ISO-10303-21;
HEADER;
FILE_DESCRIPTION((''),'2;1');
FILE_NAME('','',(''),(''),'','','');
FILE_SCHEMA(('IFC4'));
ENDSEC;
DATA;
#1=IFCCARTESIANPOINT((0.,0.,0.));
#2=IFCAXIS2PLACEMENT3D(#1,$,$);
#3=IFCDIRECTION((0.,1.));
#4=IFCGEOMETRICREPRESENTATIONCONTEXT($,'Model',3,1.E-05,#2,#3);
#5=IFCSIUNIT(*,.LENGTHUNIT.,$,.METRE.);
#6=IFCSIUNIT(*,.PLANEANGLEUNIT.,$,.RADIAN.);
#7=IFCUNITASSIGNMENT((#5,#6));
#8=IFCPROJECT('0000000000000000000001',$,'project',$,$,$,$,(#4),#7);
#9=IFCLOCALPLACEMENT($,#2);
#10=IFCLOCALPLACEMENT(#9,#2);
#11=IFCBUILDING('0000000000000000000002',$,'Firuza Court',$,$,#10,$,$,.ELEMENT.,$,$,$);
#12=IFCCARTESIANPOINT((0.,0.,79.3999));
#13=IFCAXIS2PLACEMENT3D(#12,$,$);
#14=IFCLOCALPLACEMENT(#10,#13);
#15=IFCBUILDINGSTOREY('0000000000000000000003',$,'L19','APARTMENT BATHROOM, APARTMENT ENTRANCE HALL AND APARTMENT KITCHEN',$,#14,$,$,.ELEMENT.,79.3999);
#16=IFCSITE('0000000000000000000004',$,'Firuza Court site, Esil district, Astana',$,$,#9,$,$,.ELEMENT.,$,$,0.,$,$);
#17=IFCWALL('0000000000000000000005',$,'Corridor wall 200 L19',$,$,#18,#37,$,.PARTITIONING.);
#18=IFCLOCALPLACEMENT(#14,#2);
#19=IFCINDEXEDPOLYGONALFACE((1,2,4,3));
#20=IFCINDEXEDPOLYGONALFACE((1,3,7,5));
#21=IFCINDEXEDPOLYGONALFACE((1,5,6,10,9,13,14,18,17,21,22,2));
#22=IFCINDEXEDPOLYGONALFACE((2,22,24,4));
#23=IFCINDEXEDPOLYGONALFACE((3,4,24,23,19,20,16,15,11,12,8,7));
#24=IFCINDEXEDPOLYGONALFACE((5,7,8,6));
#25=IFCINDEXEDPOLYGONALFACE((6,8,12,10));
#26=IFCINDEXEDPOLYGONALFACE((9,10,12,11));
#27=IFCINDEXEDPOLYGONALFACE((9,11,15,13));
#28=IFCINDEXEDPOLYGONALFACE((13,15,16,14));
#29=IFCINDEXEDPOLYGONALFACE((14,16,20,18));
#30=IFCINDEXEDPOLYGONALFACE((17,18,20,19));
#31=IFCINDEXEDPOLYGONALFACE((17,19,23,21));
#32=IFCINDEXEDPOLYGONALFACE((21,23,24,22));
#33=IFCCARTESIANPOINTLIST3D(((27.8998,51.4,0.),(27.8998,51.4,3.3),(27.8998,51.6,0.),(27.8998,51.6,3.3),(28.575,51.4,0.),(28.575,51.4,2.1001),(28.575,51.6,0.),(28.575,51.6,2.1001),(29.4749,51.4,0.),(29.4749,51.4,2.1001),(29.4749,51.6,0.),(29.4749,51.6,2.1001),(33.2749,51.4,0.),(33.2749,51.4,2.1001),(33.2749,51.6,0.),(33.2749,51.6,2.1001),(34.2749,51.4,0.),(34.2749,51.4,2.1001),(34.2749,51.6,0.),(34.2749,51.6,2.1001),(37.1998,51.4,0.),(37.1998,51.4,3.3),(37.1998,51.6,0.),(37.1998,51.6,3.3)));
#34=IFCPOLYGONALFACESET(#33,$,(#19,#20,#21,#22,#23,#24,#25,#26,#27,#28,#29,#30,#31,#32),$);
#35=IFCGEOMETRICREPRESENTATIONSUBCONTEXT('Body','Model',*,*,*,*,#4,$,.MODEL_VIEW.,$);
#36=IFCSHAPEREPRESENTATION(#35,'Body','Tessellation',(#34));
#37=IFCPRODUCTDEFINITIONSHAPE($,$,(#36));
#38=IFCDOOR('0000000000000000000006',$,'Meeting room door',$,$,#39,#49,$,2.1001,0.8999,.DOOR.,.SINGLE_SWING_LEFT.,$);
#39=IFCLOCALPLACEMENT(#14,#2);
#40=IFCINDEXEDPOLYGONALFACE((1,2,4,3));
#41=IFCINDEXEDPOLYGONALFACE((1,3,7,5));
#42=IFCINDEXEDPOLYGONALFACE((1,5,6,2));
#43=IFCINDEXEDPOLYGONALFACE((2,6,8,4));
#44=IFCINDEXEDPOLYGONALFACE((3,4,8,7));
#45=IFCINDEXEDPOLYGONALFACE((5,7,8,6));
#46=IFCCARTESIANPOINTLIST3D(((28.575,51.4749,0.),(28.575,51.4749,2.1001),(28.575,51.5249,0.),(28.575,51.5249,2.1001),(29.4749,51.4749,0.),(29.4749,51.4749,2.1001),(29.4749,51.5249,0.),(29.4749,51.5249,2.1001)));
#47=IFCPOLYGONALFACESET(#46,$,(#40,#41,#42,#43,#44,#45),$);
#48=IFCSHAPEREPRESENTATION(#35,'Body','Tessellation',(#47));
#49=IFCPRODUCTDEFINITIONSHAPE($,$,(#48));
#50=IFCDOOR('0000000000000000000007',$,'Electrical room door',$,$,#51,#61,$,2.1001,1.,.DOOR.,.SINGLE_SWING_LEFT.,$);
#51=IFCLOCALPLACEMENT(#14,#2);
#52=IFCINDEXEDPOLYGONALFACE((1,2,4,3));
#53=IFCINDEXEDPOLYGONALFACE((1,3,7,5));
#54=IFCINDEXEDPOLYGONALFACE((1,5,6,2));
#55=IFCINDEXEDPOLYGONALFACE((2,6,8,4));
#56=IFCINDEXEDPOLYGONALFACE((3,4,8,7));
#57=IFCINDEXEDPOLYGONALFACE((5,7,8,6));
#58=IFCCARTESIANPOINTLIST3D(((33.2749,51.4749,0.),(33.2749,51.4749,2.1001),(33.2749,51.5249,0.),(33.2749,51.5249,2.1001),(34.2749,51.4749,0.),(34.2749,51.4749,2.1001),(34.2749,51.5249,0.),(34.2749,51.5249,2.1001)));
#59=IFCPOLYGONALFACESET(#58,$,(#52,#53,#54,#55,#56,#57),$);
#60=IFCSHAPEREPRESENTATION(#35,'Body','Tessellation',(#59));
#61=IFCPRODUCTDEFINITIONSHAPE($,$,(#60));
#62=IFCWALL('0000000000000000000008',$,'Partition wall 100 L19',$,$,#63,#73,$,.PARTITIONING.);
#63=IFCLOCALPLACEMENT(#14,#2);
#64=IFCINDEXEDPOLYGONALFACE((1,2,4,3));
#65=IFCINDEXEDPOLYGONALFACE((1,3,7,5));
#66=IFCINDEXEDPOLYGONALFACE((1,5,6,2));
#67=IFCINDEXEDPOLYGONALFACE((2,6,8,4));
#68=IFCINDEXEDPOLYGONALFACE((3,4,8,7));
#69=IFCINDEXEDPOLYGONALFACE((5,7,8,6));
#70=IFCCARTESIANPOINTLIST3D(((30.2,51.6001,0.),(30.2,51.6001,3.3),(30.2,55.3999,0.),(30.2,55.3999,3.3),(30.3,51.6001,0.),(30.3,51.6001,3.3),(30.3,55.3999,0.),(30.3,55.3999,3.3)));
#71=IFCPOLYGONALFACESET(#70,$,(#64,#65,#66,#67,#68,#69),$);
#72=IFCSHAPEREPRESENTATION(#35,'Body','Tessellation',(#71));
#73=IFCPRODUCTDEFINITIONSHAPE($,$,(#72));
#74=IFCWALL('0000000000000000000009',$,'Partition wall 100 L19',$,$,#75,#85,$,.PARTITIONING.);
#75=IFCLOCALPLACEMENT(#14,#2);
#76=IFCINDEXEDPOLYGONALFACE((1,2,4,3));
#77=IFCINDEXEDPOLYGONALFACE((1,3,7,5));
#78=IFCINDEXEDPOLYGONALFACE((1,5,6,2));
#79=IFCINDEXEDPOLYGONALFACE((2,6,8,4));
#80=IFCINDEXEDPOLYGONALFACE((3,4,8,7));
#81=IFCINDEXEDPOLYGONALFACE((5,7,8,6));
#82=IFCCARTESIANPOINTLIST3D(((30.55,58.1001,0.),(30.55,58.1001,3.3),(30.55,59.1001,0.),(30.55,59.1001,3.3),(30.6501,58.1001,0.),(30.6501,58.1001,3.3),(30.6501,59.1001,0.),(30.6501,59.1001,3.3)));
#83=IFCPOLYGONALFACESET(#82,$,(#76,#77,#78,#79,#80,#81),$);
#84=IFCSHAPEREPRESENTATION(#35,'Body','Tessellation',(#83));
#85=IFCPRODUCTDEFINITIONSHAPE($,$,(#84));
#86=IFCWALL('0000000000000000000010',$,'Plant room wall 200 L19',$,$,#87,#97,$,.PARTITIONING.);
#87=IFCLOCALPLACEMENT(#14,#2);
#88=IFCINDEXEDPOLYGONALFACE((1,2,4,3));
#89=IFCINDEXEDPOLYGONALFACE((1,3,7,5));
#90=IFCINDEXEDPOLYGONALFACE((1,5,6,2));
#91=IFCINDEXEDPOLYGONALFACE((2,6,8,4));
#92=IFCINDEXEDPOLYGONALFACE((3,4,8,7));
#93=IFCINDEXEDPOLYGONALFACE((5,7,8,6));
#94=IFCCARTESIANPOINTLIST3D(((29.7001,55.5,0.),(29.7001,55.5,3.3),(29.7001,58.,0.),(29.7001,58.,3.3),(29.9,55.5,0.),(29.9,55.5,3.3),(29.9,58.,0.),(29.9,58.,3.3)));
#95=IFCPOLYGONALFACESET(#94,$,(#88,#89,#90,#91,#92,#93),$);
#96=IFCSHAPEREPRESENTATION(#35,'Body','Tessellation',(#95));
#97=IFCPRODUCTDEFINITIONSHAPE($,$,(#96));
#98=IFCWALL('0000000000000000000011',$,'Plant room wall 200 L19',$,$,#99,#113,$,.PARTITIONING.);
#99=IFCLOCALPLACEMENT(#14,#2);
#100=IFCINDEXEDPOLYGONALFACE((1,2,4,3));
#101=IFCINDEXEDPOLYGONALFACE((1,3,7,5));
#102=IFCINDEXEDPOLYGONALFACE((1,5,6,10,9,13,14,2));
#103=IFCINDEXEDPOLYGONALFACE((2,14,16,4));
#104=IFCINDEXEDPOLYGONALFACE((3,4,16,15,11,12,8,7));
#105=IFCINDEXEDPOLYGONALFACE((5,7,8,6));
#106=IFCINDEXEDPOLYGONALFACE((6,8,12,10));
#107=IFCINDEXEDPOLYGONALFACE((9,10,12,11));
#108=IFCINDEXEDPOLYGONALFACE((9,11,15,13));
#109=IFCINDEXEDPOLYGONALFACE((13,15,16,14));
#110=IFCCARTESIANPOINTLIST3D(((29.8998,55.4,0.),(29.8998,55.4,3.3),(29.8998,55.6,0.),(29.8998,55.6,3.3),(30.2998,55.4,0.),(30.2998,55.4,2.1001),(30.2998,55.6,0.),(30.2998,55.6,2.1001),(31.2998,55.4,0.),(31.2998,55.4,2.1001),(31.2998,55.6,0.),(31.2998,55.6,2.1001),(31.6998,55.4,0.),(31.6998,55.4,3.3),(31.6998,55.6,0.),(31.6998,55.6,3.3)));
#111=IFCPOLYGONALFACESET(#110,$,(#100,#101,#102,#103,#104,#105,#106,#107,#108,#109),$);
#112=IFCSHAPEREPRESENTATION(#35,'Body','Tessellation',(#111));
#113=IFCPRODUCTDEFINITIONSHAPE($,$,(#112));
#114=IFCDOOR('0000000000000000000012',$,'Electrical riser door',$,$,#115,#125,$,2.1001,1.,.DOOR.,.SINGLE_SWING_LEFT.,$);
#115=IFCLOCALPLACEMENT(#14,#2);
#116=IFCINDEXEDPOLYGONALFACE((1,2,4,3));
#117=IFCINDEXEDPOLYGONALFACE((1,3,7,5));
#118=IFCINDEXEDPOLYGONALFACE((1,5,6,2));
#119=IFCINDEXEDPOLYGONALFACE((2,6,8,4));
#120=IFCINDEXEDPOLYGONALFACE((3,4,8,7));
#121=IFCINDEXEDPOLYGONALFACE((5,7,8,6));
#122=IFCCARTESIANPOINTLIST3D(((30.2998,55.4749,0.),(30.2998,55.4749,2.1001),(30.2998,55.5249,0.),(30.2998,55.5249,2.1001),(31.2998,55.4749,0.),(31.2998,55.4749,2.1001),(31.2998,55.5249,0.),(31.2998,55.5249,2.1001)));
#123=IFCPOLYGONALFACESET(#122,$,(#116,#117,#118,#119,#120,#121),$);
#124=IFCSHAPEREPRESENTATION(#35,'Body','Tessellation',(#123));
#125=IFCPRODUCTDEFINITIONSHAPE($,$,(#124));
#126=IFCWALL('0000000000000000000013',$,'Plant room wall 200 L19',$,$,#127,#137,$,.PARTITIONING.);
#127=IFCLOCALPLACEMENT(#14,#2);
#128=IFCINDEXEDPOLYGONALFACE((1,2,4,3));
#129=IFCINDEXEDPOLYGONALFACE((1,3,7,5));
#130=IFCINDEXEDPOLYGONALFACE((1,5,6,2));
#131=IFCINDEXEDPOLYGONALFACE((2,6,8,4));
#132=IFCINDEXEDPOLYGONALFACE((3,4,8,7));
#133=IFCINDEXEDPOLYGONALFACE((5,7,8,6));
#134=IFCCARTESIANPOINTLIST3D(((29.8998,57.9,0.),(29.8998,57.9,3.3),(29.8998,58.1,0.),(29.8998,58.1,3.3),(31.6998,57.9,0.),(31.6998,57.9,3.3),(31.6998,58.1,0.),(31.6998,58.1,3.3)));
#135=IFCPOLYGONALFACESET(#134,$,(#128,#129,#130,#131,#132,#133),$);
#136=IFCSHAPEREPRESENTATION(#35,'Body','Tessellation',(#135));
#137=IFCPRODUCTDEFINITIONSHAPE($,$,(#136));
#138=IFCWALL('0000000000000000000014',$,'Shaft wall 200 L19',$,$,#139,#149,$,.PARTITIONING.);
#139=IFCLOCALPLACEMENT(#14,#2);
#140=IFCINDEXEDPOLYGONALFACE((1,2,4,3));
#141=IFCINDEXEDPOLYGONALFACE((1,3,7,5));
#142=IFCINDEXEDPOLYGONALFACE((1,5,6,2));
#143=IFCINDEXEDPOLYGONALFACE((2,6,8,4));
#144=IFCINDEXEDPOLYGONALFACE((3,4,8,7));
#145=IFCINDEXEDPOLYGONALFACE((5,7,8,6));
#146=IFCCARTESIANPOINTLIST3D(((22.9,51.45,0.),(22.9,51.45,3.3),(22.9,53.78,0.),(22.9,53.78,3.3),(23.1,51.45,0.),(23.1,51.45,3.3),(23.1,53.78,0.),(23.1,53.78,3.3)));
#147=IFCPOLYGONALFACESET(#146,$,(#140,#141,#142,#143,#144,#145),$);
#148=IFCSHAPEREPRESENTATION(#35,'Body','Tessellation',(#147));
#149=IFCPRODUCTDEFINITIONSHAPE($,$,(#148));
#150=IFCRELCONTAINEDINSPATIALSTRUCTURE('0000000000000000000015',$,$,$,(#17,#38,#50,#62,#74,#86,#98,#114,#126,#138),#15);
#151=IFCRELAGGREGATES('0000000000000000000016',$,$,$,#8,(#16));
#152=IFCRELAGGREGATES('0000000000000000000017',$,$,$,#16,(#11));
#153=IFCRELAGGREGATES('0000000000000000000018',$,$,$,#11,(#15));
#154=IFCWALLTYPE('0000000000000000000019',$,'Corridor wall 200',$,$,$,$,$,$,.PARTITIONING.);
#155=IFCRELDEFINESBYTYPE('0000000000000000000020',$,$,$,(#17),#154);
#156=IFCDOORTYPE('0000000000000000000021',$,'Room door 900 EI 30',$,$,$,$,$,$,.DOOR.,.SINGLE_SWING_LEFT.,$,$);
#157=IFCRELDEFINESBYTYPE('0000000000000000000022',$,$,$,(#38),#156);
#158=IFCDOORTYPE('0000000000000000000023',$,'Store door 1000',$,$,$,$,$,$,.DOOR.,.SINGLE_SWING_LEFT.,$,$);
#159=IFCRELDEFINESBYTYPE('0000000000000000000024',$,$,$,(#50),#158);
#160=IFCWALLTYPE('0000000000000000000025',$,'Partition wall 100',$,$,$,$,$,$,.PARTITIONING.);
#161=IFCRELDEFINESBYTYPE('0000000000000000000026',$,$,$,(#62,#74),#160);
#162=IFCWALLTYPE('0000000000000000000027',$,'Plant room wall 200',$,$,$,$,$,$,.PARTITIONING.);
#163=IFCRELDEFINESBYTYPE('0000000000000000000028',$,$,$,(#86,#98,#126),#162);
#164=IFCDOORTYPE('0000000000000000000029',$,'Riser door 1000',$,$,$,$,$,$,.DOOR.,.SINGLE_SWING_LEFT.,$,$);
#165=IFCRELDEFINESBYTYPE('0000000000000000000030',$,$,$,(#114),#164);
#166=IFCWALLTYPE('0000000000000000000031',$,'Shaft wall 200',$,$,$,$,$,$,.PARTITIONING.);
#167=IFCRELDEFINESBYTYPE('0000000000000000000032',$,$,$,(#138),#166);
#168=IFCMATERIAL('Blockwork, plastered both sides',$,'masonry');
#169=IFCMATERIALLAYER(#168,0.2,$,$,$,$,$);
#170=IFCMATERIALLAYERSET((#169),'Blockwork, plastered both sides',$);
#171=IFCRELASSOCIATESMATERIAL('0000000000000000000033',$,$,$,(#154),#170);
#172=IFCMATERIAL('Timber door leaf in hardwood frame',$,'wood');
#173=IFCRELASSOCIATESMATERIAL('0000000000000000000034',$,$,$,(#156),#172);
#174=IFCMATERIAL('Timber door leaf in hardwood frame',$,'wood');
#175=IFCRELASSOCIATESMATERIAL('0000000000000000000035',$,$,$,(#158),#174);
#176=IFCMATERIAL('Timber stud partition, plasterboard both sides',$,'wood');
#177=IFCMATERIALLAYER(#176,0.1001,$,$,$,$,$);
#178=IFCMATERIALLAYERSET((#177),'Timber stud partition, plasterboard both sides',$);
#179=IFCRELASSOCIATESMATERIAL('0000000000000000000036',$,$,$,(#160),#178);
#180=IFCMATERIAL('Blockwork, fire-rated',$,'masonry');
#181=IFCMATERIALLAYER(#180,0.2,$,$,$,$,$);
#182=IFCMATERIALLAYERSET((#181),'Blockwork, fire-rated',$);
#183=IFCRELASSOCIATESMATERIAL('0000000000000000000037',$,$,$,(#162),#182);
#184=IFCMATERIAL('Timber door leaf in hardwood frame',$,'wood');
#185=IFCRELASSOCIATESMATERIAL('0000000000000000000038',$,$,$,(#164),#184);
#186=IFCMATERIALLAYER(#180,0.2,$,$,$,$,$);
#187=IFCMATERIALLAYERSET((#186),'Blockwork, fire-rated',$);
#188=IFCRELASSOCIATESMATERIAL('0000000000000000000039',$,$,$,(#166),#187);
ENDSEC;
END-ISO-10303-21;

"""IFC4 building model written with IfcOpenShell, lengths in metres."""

from ifc_helpers import new_model, si_unit, direction, frame, frame_2d, origin, place, context, subcontext, project, spatial, rectangle, extrude, material, layer, layer_set, type_object, element, fill, save


model = new_model("IFC4")

# Units and contexts
model_context = context("Model", 3, precision=1e-05, world=origin(), true_north=direction((0.0, 1.0)))
body_context = subcontext(model_context, "Body", "Model", "MODEL_VIEW")
ifc_project = project(units=[si_unit("LENGTHUNIT", "METRE"), si_unit("PLANEANGLEUNIT", "RADIAN")], contexts=[model_context])

# Site, building, storey
site_placement = place(None, origin())
site = spatial("IfcSite", under=ifc_project, at=site_placement, Name="Firuza Court site, Esil district, Astana", CompositionType="ELEMENT", RefElevation=0.0)
building_placement = place(site_placement, origin())
building = spatial("IfcBuilding", under=site, at=building_placement, Name="Firuza Court", CompositionType="ELEMENT")
storey_placement = place(building_placement, frame((0.0, 0.0, 79.3999)))
storey = spatial("IfcBuildingStorey", under=building, at=storey_placement, Name="L19", Description="APARTMENT BATHROOM, APARTMENT ENTRANCE HALL AND APARTMENT KITCHEN", CompositionType="ELEMENT", Elevation=79.3999)

# Wall, openings, doors
ifc_material_1 = material(Name="Blockwork, plastered both sides", Category="masonry")
ifc_layer_1 = layer(ifc_material_1, 0.2)
ifc_layer_set_1 = layer_set([ifc_layer_1], Name="Blockwork, plastered both sides")
wall_type_1 = type_object("IfcWallType", Name="Corridor wall 200", PredefinedType="PARTITIONING", material=ifc_layer_set_1)
wall_1_placement = place(storey_placement, frame((27.8999, 51.5, 0.0), z_axis=(0.0, 0.0, 1.0), x_axis=(1.0, 0.0, 0.0)))
wall_1 = element("IfcWall", 1, at=wall_1_placement, inside=storey, type_object=wall_type_1, Name="Corridor wall 200 L19", PredefinedType="PARTITIONING", context=body_context, shape_type="SweptSolid", body=[
    extrude(rectangle(XDim=9.3, YDim=0.2, at=frame_2d((4.6499, 0.0))), origin(), (0.0, 0.0, 1.0), 3.3),
])
opening_1_placement = place(wall_1_placement, frame((0.675, 0.0, 0.0)))
opening_1 = element("IfcOpeningElement", 2, at=opening_1_placement, cuts=wall_1, PredefinedType="OPENING", context=body_context, shape_type="SweptSolid", body=[
    extrude(rectangle(XDim=0.8999, YDim=2.1001, at=frame_2d((0.45, 1.05))), frame((0.0, 0.1118, 0.0), z_axis=(0.0, -1.0, 0.0), x_axis=(1.0, 0.0, 0.0)), (0.0, 0.0, 1.0), 0.2239),
])
opening_2_placement = place(wall_1_placement, frame((5.375, 0.0, 0.0)))
opening_2 = element("IfcOpeningElement", 3, at=opening_2_placement, cuts=wall_1, PredefinedType="OPENING", context=body_context, shape_type="SweptSolid", body=[
    extrude(rectangle(XDim=1.0, YDim=2.1001, at=frame_2d((0.5, 1.05))), frame((0.0, 0.1118, 0.0), z_axis=(0.0, -1.0, 0.0), x_axis=(1.0, 0.0, 0.0)), (0.0, 0.0, 1.0), 0.2239),
])
ifc_material_2 = material(Name="Timber door leaf in hardwood frame", Category="wood")
door_type_1 = type_object("IfcDoorType", Name="Room door 900 EI 30", OperationType="SINGLE_SWING_LEFT", PredefinedType="DOOR", material=ifc_material_2)
door_1_placement = place(opening_1_placement, origin())
door_1 = element("IfcDoor", 4, at=door_1_placement, inside=storey, type_object=door_type_1, Name="Meeting room door", OperationType="SINGLE_SWING_LEFT", OverallHeight=2.1001, OverallWidth=0.8999, PredefinedType="DOOR", context=body_context, shape_type="SweptSolid", body=[
    extrude(rectangle(XDim=0.8999, YDim=2.1001, at=frame_2d((0.45, 1.05))), frame((0.0, 0.0249, 0.0), z_axis=(0.0, -1.0, 0.0), x_axis=(1.0, 0.0, 0.0)), (0.0, 0.0, 1.0), 0.05),
])
fill(opening_1, door_1)
ifc_material_3 = material(Name="Timber door leaf in hardwood frame", Category="wood")
door_type_2 = type_object("IfcDoorType", Name="Store door 1000", OperationType="SINGLE_SWING_LEFT", PredefinedType="DOOR", material=ifc_material_3)
door_2_placement = place(opening_2_placement, origin())
door_2 = element("IfcDoor", 5, at=door_2_placement, inside=storey, type_object=door_type_2, Name="Electrical room door", OperationType="SINGLE_SWING_LEFT", OverallHeight=2.1001, OverallWidth=1.0, PredefinedType="DOOR", context=body_context, shape_type="SweptSolid", body=[
    extrude(rectangle(XDim=1.0, YDim=2.1001, at=frame_2d((0.5, 1.05))), frame((0.0, 0.0249, 0.0), z_axis=(0.0, -1.0, 0.0), x_axis=(1.0, 0.0, 0.0)), (0.0, 0.0, 1.0), 0.05),
])
fill(opening_2, door_2)

# Walls
ifc_material_4 = material(Name="Timber stud partition, plasterboard both sides", Category="wood")
ifc_layer_2 = layer(ifc_material_4, 0.1001)
ifc_layer_set_2 = layer_set([ifc_layer_2], Name="Timber stud partition, plasterboard both sides")
wall_type_2 = type_object("IfcWallType", Name="Partition wall 100", PredefinedType="PARTITIONING", material=ifc_layer_set_2)
wall_2_placement = place(storey_placement, frame((30.25, 51.6001, 0.0), z_axis=(0.0, 0.0, 1.0), x_axis=(0.0, 1.0, 0.0)))
element("IfcWall", 6, at=wall_2_placement, inside=storey, type_object=wall_type_2, Name="Partition wall 100 L19", PredefinedType="PARTITIONING", context=body_context, shape_type="SweptSolid", body=[
    extrude(rectangle(XDim=3.7998, YDim=0.1001, at=frame_2d((1.8999, 0.0))), origin(), (0.0, 0.0, 1.0), 3.3),
])
wall_3_placement = place(storey_placement, frame((30.6001, 58.1001, 0.0), z_axis=(0.0, 0.0, 1.0), x_axis=(0.0, 1.0, 0.0)))
element("IfcWall", 7, at=wall_3_placement, inside=storey, type_object=wall_type_2, Name="Partition wall 100 L19", PredefinedType="PARTITIONING", context=body_context, shape_type="SweptSolid", body=[
    extrude(rectangle(XDim=1.0, YDim=0.1001, at=frame_2d((0.5, 0.0))), origin(), (0.0, 0.0, 1.0), 3.3),
])
ifc_material_5 = material(Name="Blockwork, fire-rated", Category="masonry")
ifc_layer_3 = layer(ifc_material_5, 0.2)
ifc_layer_set_3 = layer_set([ifc_layer_3], Name="Blockwork, fire-rated")
wall_type_3 = type_object("IfcWallType", Name="Plant room wall 200", PredefinedType="PARTITIONING", material=ifc_layer_set_3)
wall_4_placement = place(storey_placement, frame((29.8, 55.5, 0.0), z_axis=(0.0, 0.0, 1.0), x_axis=(0.0, 1.0, 0.0)))
element("IfcWall", 8, at=wall_4_placement, inside=storey, type_object=wall_type_3, Name="Plant room wall 200 L19", PredefinedType="PARTITIONING", context=body_context, shape_type="SweptSolid", body=[
    extrude(rectangle(XDim=2.5, YDim=0.2, at=frame_2d((1.25, 0.0))), origin(), (0.0, 0.0, 1.0), 3.3),
])

# Wall, opening, door
wall_5_placement = place(storey_placement, frame((29.8999, 55.5, 0.0), z_axis=(0.0, 0.0, 1.0), x_axis=(1.0, 0.0, 0.0)))
wall_5 = element("IfcWall", 9, at=wall_5_placement, inside=storey, type_object=wall_type_3, Name="Plant room wall 200 L19", PredefinedType="PARTITIONING", context=body_context, shape_type="SweptSolid", body=[
    extrude(rectangle(XDim=1.8, YDim=0.2, at=frame_2d((0.8999, 0.0))), origin(), (0.0, 0.0, 1.0), 3.3),
])
opening_3_placement = place(wall_5_placement, frame((0.3999, 0.0, 0.0)))
opening_3 = element("IfcOpeningElement", 10, at=opening_3_placement, cuts=wall_5, PredefinedType="OPENING", context=body_context, shape_type="SweptSolid", body=[
    extrude(rectangle(XDim=1.0, YDim=2.1001, at=frame_2d((0.5, 1.05))), frame((0.0, 0.1118, 0.0), z_axis=(0.0, -1.0, 0.0), x_axis=(1.0, 0.0, 0.0)), (0.0, 0.0, 1.0), 0.2239),
])
ifc_material_6 = material(Name="Timber door leaf in hardwood frame", Category="wood")
door_type_3 = type_object("IfcDoorType", Name="Riser door 1000", OperationType="SINGLE_SWING_LEFT", PredefinedType="DOOR", material=ifc_material_6)
door_3_placement = place(opening_3_placement, origin())
door_3 = element("IfcDoor", 11, at=door_3_placement, inside=storey, type_object=door_type_3, Name="Electrical riser door", OperationType="SINGLE_SWING_LEFT", OverallHeight=2.1001, OverallWidth=1.0, PredefinedType="DOOR", context=body_context, shape_type="SweptSolid", body=[
    extrude(rectangle(XDim=1.0, YDim=2.1001, at=frame_2d((0.5, 1.05))), frame((0.0, 0.0249, 0.0), z_axis=(0.0, -1.0, 0.0), x_axis=(1.0, 0.0, 0.0)), (0.0, 0.0, 1.0), 0.05),
])
fill(opening_3, door_3)

# Walls
wall_6_placement = place(storey_placement, frame((29.8999, 58.0, 0.0), z_axis=(0.0, 0.0, 1.0), x_axis=(1.0, 0.0, 0.0)))
element("IfcWall", 12, at=wall_6_placement, inside=storey, type_object=wall_type_3, Name="Plant room wall 200 L19", PredefinedType="PARTITIONING", context=body_context, shape_type="SweptSolid", body=[
    extrude(rectangle(XDim=1.8, YDim=0.2, at=frame_2d((0.8999, 0.0))), origin(), (0.0, 0.0, 1.0), 3.3),
])
ifc_layer_4 = layer(ifc_material_5, 0.2)
ifc_layer_set_4 = layer_set([ifc_layer_4], Name="Blockwork, fire-rated")
wall_type_4 = type_object("IfcWallType", Name="Shaft wall 200", PredefinedType="PARTITIONING", material=ifc_layer_set_4)
wall_7_placement = place(storey_placement, frame((23.0, 51.45, 0.0), z_axis=(0.0, 0.0, 1.0), x_axis=(0.0, 1.0, 0.0)))
element("IfcWall", 13, at=wall_7_placement, inside=storey, type_object=wall_type_4, Name="Shaft wall 200 L19", PredefinedType="PARTITIONING", context=body_context, shape_type="SweptSolid", body=[
    extrude(rectangle(XDim=2.3301, YDim=0.2, at=frame_2d((1.165, 0.0))), origin(), (0.0, 0.0, 1.0), 3.3),
])

save(model, "model.ifc")
